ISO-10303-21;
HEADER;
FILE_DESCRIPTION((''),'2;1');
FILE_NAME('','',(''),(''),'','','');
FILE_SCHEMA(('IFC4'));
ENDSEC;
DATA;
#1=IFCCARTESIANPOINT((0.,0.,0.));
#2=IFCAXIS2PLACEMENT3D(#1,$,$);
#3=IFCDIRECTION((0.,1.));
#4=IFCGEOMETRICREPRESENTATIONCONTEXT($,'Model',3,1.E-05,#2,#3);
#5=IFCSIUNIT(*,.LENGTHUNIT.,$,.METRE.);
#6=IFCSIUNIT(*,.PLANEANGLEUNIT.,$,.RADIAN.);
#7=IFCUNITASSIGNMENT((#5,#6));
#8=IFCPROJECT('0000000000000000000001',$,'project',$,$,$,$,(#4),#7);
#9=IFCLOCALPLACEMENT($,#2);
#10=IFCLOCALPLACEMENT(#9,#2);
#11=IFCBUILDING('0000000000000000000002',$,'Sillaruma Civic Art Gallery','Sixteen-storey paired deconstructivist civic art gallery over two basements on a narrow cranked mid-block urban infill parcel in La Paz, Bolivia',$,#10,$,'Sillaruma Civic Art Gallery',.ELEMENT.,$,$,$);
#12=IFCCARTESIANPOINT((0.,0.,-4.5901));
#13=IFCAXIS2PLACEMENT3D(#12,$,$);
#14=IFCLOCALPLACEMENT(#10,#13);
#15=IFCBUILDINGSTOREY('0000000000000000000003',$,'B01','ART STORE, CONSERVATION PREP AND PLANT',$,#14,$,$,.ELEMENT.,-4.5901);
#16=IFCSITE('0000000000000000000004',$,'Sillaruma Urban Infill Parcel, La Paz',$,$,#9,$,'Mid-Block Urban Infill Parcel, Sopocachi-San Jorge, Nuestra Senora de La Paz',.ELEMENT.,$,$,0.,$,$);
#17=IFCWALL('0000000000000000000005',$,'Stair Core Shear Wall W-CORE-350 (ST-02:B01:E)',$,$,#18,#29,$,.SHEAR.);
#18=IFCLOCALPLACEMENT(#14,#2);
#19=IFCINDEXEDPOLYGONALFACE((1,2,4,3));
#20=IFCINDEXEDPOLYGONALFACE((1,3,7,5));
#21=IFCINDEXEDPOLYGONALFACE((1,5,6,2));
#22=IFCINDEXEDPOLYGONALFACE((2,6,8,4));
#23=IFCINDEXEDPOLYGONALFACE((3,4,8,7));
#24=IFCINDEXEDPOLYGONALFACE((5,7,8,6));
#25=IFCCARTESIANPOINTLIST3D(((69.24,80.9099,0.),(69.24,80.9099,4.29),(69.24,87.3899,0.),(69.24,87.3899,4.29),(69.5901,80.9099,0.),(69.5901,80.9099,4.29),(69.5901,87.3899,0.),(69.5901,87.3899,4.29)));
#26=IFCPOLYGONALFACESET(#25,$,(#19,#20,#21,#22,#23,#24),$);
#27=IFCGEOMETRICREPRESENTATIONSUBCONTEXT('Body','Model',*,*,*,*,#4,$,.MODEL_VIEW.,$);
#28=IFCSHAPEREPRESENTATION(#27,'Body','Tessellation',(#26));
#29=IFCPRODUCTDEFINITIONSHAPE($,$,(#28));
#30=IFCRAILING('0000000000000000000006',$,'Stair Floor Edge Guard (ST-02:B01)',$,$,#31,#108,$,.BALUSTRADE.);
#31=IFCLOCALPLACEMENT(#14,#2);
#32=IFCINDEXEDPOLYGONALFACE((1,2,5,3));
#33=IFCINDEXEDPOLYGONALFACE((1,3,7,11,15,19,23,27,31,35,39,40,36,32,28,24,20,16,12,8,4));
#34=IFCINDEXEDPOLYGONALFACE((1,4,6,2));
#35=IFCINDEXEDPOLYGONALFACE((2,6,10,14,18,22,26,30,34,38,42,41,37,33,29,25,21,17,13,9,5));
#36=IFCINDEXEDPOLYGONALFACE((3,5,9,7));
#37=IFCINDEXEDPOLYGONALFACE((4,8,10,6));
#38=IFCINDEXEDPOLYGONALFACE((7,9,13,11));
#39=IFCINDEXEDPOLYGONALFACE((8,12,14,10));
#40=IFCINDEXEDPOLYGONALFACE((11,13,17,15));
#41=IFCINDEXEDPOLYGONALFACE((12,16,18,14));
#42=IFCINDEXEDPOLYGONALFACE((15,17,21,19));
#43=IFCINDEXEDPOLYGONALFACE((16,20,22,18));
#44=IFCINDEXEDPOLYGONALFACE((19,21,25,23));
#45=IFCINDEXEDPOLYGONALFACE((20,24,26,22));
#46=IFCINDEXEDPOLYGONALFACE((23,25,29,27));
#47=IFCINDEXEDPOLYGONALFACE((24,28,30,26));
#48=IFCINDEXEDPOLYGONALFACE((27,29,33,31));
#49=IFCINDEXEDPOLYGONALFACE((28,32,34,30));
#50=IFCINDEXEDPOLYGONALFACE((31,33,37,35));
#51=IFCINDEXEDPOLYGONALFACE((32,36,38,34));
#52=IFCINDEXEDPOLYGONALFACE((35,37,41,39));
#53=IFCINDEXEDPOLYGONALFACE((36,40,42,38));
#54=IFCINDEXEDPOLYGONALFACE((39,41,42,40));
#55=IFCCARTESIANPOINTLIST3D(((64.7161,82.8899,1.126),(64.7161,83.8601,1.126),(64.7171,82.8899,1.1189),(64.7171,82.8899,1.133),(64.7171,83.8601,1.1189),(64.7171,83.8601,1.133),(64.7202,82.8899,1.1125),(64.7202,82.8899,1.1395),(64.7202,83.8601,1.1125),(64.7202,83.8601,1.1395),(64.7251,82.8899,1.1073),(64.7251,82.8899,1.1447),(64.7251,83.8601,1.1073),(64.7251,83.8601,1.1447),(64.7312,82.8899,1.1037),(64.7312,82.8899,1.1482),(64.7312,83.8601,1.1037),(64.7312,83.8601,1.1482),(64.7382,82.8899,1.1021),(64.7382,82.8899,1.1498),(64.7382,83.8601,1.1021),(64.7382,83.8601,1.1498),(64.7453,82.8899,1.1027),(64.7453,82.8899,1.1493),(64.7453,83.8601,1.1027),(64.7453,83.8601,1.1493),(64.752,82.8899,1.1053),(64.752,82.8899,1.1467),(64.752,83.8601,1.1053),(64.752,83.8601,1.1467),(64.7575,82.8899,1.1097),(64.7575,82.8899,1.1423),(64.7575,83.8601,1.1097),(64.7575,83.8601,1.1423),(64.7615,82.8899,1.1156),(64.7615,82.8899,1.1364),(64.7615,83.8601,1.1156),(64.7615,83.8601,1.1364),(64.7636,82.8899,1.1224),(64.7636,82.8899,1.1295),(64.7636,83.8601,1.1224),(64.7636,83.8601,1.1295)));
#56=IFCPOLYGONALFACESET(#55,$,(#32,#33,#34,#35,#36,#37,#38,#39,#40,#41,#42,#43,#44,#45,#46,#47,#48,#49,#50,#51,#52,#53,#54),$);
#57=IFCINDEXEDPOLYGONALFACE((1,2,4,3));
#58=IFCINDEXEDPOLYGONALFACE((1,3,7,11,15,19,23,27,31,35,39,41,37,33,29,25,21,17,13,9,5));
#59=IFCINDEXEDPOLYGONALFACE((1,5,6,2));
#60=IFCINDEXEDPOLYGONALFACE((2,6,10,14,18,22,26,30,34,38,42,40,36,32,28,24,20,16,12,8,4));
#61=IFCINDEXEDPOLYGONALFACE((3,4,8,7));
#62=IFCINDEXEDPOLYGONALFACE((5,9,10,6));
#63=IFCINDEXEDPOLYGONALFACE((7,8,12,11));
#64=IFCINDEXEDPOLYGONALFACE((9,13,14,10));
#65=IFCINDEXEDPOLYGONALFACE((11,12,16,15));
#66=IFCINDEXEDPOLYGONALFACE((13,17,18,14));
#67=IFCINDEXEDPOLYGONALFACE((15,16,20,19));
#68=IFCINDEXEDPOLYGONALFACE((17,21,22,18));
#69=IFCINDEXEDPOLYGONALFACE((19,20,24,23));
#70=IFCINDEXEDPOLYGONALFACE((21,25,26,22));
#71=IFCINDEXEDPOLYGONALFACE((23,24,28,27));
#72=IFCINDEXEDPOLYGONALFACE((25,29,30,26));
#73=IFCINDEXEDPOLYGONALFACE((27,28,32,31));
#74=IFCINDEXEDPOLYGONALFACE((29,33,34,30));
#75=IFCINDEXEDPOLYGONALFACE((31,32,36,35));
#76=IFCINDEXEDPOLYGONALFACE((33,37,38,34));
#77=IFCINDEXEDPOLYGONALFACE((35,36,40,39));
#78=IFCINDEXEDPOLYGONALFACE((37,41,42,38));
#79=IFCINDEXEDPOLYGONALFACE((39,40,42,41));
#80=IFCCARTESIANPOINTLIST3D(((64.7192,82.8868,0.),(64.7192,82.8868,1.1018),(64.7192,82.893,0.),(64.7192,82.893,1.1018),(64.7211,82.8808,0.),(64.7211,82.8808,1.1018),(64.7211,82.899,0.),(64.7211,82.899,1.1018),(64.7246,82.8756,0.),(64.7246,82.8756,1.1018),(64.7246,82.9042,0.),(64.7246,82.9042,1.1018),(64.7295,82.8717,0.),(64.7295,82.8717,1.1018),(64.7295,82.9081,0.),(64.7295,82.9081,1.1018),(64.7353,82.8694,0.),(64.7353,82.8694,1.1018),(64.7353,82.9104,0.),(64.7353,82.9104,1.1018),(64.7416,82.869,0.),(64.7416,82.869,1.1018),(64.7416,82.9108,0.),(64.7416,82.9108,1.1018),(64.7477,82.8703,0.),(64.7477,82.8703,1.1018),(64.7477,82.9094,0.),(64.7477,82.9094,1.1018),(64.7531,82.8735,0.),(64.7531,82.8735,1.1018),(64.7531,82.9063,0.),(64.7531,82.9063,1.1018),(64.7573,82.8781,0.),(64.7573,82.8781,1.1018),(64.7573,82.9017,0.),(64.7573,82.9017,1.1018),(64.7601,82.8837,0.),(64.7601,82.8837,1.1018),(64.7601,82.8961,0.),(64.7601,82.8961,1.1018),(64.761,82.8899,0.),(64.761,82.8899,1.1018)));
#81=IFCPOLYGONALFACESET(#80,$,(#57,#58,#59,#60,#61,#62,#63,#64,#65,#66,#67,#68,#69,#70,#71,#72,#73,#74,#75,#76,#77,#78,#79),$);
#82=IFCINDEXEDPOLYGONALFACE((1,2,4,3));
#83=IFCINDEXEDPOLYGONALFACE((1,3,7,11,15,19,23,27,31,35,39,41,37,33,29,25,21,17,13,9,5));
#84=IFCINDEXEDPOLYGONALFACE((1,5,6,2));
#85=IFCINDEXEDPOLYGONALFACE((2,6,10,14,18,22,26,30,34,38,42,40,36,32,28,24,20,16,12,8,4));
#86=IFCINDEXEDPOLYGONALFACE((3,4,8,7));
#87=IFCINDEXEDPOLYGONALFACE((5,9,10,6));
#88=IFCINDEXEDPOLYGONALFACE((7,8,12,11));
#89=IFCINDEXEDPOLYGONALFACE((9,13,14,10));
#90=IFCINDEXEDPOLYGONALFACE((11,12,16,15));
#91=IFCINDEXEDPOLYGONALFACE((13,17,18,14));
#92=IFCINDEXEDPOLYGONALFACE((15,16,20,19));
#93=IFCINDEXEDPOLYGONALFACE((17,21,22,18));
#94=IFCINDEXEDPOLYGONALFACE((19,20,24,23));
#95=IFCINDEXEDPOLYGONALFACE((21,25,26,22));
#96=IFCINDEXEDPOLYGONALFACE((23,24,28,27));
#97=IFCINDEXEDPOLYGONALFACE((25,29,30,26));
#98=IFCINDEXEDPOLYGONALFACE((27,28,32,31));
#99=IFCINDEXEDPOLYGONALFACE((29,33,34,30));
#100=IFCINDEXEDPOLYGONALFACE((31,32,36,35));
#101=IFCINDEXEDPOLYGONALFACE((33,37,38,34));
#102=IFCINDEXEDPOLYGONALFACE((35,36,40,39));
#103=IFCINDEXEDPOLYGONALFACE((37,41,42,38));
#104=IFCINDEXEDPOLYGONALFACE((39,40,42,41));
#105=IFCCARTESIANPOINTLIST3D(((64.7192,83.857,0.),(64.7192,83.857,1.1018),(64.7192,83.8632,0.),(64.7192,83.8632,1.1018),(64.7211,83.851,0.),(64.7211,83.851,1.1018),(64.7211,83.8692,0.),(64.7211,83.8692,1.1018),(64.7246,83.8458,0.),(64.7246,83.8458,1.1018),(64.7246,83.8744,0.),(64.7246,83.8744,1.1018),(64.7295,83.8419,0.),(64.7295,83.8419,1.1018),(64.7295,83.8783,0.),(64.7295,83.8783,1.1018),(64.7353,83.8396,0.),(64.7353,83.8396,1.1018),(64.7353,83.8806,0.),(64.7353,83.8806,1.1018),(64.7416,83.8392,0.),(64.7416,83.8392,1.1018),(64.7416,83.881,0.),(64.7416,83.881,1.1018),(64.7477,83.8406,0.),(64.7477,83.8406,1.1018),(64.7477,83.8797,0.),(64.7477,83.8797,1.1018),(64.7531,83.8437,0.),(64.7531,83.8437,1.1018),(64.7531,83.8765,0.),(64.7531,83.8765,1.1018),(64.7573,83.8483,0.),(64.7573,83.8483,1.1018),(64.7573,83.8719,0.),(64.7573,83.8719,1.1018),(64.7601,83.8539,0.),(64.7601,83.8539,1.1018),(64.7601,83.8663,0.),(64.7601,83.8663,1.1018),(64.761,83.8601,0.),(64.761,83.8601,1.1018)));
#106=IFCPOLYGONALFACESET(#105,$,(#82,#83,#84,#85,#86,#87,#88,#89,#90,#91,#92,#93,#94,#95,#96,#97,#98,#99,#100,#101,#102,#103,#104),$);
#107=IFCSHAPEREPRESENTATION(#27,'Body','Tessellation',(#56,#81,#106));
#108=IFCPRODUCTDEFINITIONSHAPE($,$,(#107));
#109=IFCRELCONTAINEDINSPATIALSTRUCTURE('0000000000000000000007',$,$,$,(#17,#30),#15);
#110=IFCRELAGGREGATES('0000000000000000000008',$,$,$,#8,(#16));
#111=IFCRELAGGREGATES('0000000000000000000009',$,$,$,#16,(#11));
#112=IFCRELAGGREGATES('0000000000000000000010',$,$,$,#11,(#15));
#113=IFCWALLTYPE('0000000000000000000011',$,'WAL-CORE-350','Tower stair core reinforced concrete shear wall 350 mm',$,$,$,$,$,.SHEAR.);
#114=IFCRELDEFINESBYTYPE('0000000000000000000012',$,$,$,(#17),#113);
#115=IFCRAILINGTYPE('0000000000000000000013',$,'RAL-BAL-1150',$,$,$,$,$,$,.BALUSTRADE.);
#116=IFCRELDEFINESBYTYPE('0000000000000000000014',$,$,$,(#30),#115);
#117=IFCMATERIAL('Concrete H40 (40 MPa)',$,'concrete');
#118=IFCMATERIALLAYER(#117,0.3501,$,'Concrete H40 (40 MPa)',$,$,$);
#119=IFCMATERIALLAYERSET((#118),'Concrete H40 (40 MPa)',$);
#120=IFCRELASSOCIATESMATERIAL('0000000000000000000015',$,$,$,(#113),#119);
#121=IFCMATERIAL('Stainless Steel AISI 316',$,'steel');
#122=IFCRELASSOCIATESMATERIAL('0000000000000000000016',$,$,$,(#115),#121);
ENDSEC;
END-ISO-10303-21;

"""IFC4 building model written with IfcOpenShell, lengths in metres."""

from ifc_helpers import new_model, si_unit, direction, frame, frame_2d, origin, origin_2d, place, context, subcontext, project, spatial, rectangle, circle, extrude, material, layer, layer_set, type_object, element, save


model = new_model("IFC4")

# Units and contexts
model_context = context("Model", 3, precision=1e-05, world=origin(), true_north=direction((0.0, 1.0)))
body_context = subcontext(model_context, "Body", "Model", "MODEL_VIEW")
ifc_project = project(units=[si_unit("LENGTHUNIT", "METRE"), si_unit("PLANEANGLEUNIT", "RADIAN")], contexts=[model_context])

# Site, building, storey
site_placement = place(None, origin())
site = spatial("IfcSite", under=ifc_project, at=site_placement, Name="Sillaruma Urban Infill Parcel, La Paz", LongName="Mid-Block Urban Infill Parcel, Sopocachi-San Jorge, Nuestra Senora de La Paz", CompositionType="ELEMENT", RefElevation=0.0)
building_placement = place(site_placement, origin())
building = spatial("IfcBuilding", under=site, at=building_placement, Name="Sillaruma Civic Art Gallery", Description="Sixteen-storey paired deconstructivist civic art gallery over two basements on a narrow cranked mid-block urban infill parcel in La Paz, Bolivia", LongName="Sillaruma Civic Art Gallery", CompositionType="ELEMENT")
storey_placement = place(building_placement, frame((0.0, 0.0, -4.5901)))
storey = spatial("IfcBuildingStorey", under=building, at=storey_placement, Name="B01", Description="ART STORE, CONSERVATION PREP AND PLANT", CompositionType="ELEMENT", Elevation=-4.5901)

# Shared definitions
ifc_material_1 = material(Name="Concrete H40 (40 MPa)", Category="concrete")

# Shared definitions
ifc_layer = layer(ifc_material_1, 0.3501, Name="Concrete H40 (40 MPa)")
ifc_layer_set = layer_set([ifc_layer], Name="Concrete H40 (40 MPa)")
wall_type = type_object("IfcWallType", Name="WAL-CORE-350", Description="Tower stair core reinforced concrete shear wall 350 mm", PredefinedType="SHEAR", material=ifc_layer_set)

# Wall
for number, where, z_axis, x_axis, name in (
    (1, (69.415, 80.9099, 0.0), (0.0, 0.0, 1.0), (0.0, 1.0, 0.0), "Stair Core Shear Wall W-CORE-350 (ST-02:B01:E)"),
):
    element("IfcWall", number, at=place(storey_placement, frame(where, z_axis=z_axis, x_axis=x_axis)), inside=storey, type_object=wall_type, Name=name, PredefinedType="SHEAR", context=body_context, shape_type="SweptSolid", body=[
        extrude(rectangle(XDim=6.48, YDim=0.3501, at=frame_2d((3.24, 0.0))), origin(), (0.0, 0.0, 1.0), 4.29),
    ])

# Railing
ifc_material_2 = material(Name="Stainless Steel AISI 316", Category="steel")
railing_type_1 = type_object("IfcRailingType", Name="RAL-BAL-1150", PredefinedType="BALUSTRADE", material=ifc_material_2)
railing_1_placement = place(storey_placement, frame((64.74, 82.8899, 0.0)))
element("IfcRailing", 2, at=railing_1_placement, inside=storey, type_object=railing_type_1, Name="Stair Floor Edge Guard (ST-02:B01)", PredefinedType="BALUSTRADE", context=body_context, shape_type="SweptSolid", body=[
    extrude(circle(Radius=0.0239, at=origin_2d()), frame((0.0, 0.0, 1.126), z_axis=(0.0, 1.0, 0.0), x_axis=(-1.0, 0.0, 0.0)), (0.0, 0.0, 1.0), 0.9702),
    extrude(circle(Radius=0.021, at=origin_2d()), origin(), (0.0, 0.0, 1.0), 1.1018),
    extrude(circle(Radius=0.021, at=origin_2d()), frame((0.0, 0.9702, 0.0)), (0.0, 0.0, 1.0), 1.1018),
])

save(model, "model.ifc")
